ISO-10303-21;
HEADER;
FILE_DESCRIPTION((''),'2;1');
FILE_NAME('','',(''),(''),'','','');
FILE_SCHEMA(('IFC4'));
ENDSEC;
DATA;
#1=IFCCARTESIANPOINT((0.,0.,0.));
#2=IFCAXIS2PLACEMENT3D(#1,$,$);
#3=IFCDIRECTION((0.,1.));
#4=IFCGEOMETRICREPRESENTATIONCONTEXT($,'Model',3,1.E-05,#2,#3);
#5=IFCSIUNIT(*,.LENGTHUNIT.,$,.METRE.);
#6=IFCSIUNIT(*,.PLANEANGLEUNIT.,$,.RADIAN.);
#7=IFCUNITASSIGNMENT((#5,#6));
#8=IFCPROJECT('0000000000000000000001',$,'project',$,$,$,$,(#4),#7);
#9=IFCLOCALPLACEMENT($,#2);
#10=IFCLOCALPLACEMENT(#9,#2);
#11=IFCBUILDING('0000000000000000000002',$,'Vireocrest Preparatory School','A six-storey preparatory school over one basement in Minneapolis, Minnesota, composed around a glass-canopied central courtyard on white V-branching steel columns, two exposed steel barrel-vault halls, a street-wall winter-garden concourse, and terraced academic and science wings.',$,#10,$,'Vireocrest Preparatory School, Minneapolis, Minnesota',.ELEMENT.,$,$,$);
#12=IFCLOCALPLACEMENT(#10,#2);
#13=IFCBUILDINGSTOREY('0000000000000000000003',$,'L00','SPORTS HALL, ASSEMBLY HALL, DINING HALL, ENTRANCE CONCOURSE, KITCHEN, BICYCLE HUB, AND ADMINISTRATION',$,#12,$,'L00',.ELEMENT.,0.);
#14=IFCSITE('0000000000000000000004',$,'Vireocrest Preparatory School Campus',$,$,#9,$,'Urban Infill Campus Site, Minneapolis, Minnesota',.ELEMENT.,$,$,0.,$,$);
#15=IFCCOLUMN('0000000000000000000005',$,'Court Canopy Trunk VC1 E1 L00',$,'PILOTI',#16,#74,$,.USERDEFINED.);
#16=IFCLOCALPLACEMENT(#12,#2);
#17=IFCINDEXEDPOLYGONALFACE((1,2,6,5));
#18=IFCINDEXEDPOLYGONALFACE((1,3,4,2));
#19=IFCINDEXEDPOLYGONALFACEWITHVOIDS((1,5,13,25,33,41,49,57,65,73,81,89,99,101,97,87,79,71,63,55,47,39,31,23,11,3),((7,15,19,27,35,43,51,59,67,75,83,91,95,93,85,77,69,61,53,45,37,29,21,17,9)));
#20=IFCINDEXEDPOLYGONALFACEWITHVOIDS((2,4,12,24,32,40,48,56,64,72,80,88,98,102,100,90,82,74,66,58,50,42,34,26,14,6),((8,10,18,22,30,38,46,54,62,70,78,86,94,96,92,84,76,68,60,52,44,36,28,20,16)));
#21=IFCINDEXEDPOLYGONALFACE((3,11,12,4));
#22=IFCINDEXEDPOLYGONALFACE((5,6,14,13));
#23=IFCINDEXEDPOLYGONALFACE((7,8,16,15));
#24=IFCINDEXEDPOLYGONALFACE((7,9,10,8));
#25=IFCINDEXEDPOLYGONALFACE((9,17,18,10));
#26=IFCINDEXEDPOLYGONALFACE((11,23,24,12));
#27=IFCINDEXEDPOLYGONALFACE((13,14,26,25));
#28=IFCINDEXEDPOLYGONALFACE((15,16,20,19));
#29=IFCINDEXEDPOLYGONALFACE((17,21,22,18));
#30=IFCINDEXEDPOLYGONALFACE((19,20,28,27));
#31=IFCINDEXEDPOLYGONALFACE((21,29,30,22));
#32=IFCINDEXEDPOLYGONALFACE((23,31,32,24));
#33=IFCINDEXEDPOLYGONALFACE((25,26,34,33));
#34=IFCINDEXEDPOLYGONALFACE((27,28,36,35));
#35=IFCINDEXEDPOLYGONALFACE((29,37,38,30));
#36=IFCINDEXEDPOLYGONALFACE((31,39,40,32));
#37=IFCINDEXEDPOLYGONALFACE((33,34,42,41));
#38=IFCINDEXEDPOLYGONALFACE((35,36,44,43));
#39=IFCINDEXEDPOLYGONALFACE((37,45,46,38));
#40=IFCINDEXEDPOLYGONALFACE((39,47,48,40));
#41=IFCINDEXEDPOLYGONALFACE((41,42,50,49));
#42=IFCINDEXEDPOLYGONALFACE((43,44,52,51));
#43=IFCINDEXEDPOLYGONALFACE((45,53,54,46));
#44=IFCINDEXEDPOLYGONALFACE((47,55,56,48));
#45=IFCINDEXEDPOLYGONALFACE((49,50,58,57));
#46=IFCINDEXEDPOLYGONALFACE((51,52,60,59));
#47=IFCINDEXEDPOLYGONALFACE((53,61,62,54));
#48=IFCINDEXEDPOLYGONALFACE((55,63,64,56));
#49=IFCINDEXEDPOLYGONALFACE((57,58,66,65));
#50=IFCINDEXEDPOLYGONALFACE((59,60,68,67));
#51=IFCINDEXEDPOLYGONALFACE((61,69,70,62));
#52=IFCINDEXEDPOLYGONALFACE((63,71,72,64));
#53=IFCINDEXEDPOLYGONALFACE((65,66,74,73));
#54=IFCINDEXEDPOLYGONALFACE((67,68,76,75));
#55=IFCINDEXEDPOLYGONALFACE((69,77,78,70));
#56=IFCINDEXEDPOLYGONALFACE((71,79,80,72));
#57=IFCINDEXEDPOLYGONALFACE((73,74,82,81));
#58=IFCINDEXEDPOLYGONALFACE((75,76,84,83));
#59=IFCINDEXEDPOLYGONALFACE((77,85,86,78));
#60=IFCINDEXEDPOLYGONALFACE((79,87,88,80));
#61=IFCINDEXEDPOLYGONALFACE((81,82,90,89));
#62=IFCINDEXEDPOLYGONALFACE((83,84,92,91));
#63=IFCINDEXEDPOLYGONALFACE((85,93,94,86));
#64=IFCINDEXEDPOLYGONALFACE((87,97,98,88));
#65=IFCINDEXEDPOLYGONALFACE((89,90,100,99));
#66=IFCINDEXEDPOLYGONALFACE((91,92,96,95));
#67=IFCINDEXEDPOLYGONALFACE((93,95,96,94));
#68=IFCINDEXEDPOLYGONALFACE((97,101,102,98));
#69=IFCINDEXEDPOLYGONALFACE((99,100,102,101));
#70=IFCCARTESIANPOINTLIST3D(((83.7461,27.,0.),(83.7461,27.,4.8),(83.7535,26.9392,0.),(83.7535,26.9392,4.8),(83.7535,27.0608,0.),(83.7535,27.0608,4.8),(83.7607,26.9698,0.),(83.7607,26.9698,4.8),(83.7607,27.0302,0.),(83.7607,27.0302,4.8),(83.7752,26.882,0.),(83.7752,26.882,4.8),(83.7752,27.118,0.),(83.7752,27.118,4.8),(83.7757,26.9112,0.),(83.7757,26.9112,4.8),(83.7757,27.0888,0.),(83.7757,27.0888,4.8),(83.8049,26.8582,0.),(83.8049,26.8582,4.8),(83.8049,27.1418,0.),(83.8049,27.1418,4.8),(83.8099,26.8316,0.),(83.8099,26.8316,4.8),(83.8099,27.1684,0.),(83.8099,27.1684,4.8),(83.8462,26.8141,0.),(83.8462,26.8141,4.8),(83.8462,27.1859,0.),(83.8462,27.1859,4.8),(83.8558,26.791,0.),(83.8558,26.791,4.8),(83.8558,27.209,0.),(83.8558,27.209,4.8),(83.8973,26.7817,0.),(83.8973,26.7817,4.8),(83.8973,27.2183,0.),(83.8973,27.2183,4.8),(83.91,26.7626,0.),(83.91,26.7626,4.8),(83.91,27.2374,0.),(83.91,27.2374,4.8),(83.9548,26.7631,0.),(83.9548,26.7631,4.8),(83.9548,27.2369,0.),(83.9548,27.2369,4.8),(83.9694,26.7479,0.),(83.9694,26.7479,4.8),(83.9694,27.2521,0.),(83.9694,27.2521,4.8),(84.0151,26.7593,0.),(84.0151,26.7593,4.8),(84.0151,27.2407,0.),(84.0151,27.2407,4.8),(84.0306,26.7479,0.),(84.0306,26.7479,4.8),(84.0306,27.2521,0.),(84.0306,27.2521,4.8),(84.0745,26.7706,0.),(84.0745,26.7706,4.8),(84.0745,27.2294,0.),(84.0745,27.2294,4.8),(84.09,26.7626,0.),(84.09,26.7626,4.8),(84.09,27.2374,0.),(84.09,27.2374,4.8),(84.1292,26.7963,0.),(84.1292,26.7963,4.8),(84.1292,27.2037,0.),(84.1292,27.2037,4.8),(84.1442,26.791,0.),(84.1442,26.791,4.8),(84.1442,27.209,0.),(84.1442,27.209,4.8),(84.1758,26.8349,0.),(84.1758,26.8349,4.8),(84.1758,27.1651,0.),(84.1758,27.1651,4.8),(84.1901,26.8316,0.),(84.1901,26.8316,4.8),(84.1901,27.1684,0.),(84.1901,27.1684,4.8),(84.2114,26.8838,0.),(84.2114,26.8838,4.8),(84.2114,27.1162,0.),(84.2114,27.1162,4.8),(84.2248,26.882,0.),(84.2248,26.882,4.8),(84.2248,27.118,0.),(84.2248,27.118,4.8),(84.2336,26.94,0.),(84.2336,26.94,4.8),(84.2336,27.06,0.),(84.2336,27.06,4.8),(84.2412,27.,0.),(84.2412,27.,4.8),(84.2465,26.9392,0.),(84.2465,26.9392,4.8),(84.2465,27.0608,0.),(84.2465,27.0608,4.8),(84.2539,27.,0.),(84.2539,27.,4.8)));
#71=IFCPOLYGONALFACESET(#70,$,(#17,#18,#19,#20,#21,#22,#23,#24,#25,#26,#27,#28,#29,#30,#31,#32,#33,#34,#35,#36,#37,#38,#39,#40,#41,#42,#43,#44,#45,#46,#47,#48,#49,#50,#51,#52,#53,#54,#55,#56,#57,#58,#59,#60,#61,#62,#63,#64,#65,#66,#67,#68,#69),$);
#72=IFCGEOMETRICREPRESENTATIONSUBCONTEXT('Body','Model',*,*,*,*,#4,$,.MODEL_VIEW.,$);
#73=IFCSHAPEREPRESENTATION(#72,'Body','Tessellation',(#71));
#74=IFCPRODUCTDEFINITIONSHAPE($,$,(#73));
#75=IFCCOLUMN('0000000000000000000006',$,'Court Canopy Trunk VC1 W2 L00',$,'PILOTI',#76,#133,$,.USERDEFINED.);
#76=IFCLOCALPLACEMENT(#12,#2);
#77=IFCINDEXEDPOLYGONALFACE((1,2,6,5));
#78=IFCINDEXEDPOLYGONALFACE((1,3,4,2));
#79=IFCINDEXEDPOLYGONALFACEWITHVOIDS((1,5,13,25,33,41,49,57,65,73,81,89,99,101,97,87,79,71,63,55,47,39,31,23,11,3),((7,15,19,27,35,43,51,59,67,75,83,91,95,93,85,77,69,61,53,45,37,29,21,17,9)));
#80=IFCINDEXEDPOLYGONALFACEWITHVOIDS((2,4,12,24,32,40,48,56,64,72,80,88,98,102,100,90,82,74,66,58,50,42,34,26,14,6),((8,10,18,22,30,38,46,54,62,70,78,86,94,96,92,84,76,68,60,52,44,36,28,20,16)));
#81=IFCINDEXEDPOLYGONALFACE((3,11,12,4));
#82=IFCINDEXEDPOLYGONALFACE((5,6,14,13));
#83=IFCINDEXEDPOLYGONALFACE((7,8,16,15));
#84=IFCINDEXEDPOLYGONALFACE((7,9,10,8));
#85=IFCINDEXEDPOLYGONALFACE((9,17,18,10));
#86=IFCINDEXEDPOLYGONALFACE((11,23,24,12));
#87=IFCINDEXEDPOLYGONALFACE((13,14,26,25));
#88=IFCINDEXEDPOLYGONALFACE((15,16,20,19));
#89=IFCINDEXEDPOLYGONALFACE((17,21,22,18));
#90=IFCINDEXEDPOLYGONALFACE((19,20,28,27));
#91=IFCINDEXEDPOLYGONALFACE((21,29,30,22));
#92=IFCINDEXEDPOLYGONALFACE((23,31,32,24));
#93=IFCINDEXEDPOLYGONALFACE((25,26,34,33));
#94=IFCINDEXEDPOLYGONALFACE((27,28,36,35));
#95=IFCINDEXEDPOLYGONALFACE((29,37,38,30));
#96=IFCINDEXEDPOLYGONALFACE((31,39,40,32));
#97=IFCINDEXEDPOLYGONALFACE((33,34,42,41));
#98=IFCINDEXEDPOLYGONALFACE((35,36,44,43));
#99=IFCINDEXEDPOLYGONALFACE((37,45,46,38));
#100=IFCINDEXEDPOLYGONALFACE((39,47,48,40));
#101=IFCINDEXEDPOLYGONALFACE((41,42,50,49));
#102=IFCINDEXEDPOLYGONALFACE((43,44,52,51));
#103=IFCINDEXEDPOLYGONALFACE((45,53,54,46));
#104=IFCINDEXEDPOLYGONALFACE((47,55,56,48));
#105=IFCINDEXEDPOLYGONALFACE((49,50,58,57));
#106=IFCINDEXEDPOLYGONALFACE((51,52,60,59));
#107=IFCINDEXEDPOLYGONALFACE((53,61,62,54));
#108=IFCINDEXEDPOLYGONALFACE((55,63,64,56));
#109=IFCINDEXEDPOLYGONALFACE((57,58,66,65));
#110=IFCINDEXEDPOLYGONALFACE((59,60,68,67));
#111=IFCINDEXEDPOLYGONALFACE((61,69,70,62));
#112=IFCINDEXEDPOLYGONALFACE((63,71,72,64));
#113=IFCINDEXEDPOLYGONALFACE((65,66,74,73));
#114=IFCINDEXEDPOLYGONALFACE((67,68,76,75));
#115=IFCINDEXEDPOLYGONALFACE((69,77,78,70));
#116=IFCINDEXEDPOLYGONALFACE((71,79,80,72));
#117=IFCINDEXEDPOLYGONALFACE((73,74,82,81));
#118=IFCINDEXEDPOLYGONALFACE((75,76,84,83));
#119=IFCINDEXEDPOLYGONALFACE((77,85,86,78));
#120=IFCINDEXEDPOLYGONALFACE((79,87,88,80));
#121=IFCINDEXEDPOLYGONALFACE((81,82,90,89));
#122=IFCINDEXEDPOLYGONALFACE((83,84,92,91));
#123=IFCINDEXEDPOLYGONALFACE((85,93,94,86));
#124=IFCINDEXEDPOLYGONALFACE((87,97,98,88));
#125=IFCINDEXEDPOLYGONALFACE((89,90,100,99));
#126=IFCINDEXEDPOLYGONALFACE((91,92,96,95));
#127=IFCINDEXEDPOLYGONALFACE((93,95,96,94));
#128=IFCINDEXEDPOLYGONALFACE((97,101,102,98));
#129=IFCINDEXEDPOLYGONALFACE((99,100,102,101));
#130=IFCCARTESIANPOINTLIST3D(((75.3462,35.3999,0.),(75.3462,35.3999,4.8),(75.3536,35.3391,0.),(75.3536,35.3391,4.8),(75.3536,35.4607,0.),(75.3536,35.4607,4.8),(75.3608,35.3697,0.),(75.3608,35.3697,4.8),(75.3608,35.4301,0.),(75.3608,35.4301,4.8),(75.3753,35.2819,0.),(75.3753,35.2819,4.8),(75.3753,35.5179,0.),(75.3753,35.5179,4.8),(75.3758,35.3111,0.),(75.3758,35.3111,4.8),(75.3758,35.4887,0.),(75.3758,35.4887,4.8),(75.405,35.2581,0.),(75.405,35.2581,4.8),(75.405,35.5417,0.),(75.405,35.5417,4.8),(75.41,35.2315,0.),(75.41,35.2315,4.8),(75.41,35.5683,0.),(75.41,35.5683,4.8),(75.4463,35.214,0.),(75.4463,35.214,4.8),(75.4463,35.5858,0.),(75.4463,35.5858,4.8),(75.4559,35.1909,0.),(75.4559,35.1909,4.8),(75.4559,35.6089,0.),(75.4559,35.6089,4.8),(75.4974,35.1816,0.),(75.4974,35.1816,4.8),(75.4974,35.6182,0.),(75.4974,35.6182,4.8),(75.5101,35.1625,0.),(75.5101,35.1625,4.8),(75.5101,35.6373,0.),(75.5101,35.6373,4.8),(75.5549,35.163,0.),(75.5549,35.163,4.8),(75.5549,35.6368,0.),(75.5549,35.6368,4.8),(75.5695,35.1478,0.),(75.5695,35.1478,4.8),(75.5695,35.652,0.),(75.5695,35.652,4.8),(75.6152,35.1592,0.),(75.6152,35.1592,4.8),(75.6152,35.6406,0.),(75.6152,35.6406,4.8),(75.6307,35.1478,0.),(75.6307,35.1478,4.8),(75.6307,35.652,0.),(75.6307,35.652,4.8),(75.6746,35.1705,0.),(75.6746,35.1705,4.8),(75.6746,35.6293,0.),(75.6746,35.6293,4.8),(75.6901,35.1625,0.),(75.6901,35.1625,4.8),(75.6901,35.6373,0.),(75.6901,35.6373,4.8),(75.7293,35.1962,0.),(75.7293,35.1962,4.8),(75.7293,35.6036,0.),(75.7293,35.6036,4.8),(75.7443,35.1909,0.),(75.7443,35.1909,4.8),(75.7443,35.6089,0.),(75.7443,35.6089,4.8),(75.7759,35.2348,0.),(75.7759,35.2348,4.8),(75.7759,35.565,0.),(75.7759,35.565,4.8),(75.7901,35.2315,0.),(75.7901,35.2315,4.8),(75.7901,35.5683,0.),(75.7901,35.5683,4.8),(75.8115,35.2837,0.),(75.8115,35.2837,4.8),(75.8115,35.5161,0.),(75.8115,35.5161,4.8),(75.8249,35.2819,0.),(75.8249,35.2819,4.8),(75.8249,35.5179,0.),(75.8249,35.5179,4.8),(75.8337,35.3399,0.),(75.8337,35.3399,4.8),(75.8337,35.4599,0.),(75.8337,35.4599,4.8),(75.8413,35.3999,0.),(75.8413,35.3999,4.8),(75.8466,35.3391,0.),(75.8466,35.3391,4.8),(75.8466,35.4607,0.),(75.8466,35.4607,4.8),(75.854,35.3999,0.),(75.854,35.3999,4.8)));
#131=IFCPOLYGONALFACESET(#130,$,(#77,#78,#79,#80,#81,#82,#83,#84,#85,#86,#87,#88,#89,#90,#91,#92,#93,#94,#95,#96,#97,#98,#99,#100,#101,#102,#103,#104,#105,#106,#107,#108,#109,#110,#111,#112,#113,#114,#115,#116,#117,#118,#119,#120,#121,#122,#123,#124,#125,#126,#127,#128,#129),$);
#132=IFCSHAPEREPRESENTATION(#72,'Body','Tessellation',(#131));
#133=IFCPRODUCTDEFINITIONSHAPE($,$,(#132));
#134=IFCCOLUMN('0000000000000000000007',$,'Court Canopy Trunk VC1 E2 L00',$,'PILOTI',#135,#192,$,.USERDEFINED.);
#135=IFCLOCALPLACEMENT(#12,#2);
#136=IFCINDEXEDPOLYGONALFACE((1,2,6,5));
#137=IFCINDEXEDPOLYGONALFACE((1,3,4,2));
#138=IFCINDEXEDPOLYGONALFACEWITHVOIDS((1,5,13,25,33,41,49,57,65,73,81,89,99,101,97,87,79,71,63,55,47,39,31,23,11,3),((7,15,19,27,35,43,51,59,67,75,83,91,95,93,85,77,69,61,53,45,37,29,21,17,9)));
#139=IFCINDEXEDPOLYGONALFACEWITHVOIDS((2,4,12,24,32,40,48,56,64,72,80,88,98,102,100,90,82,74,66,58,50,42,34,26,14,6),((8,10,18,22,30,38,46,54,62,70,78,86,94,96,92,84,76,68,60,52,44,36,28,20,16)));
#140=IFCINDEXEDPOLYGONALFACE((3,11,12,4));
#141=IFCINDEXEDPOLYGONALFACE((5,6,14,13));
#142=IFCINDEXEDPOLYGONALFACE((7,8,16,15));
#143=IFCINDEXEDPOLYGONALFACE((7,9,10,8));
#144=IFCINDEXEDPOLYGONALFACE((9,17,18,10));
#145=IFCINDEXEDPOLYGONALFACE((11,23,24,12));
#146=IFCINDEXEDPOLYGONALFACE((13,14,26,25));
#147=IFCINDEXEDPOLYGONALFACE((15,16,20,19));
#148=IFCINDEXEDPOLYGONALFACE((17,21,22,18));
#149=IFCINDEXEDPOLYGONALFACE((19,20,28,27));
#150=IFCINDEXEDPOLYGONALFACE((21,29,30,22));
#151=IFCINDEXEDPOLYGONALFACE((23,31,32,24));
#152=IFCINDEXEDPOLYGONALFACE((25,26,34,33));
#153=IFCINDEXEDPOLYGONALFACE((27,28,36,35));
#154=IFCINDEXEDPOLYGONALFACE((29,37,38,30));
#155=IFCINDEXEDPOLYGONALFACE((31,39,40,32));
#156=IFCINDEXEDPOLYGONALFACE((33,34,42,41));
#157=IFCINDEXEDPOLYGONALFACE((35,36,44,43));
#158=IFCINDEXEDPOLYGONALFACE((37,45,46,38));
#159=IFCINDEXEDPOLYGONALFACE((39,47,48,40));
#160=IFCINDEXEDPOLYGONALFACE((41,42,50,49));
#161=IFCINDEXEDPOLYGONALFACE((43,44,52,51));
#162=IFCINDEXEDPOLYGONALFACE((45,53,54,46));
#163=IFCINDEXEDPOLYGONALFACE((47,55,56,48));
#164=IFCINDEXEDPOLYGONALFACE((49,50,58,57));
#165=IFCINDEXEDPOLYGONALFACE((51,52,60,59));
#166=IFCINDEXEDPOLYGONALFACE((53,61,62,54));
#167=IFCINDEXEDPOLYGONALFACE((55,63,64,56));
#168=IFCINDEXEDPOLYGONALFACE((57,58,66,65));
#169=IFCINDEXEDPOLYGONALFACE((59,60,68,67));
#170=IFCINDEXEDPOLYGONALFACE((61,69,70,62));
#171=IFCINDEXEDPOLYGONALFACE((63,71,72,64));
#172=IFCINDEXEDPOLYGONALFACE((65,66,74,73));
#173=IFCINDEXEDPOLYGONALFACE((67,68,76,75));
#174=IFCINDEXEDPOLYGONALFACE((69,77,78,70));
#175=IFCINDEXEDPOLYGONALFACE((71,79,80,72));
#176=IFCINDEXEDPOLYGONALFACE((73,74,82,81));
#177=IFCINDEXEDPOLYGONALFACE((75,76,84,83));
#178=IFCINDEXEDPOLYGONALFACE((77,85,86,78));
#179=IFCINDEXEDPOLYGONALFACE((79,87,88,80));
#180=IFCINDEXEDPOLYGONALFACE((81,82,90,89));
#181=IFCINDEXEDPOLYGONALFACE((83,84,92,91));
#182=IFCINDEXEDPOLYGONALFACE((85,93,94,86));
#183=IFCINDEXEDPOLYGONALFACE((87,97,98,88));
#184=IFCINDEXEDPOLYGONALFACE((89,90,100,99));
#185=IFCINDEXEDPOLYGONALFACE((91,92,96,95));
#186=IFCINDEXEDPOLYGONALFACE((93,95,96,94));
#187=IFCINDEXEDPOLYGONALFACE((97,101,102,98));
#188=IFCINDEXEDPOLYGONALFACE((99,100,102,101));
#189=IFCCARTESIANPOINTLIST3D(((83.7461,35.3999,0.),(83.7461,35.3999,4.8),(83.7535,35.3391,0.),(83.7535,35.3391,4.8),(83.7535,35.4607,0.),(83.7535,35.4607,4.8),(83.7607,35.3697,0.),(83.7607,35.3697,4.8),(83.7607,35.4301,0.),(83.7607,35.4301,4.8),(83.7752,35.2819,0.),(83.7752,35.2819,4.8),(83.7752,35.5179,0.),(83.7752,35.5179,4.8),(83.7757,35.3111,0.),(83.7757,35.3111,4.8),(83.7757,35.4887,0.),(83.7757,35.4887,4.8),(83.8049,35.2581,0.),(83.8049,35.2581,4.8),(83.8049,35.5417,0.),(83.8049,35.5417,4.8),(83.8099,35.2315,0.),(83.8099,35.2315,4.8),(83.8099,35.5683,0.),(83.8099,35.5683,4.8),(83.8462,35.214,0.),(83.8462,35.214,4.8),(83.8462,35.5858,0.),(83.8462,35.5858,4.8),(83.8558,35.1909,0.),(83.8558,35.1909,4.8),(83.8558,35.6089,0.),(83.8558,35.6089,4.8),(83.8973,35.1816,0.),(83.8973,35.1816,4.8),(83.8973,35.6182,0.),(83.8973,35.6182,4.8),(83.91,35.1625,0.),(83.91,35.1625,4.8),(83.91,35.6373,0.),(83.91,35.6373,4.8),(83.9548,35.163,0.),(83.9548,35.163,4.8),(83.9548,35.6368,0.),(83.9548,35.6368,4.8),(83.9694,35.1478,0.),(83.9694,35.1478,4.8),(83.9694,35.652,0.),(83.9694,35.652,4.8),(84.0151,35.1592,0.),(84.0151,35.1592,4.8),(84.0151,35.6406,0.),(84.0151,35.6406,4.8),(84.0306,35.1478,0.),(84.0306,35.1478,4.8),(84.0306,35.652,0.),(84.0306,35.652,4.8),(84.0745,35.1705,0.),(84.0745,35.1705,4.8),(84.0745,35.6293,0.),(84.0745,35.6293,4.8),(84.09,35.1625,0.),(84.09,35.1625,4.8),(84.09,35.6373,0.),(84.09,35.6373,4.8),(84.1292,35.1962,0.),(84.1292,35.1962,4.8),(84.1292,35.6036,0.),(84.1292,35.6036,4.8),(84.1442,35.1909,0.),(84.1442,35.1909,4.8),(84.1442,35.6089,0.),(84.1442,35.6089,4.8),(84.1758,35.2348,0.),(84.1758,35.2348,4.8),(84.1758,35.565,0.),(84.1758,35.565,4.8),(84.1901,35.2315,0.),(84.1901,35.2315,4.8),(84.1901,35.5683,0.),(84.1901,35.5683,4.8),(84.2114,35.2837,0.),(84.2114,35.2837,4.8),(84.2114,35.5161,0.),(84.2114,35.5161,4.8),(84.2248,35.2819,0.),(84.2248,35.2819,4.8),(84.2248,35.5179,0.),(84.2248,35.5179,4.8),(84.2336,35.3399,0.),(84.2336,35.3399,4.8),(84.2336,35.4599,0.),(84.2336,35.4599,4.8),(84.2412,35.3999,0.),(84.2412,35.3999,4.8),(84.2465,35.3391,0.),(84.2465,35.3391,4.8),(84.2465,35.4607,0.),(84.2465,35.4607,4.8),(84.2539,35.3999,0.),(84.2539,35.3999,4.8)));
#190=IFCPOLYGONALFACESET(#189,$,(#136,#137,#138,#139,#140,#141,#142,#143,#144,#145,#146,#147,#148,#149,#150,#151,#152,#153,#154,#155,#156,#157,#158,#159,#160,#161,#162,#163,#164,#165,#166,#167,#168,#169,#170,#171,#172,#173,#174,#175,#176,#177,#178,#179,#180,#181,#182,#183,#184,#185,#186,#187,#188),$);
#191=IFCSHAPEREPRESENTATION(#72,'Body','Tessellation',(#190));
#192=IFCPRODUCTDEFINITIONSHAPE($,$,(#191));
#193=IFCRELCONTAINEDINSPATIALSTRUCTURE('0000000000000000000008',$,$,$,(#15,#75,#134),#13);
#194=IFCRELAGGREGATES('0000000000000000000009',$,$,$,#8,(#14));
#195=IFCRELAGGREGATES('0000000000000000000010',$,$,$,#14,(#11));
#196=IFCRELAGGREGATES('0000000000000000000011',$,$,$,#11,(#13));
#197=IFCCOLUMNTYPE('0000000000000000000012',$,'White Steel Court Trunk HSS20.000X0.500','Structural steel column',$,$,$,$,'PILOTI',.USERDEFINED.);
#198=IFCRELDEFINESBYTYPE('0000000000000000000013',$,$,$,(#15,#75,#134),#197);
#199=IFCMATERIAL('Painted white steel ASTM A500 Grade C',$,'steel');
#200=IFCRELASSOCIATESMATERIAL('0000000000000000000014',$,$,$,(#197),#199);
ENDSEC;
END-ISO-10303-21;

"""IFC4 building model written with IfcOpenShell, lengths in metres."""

from ifc_helpers import new_model, si_unit, direction, frame, origin, origin_2d, place, context, subcontext, project, spatial, hollow_circle, extrude, material, material_profile, profile_set, type_object, element, save


model = new_model("IFC4")

# Units and contexts
model_context = context("Model", 3, precision=1e-05, world=origin(), true_north=direction((0.0, 1.0)))
body_context = subcontext(model_context, "Body", "Model", "MODEL_VIEW")
ifc_project = project(units=[si_unit("LENGTHUNIT", "METRE"), si_unit("PLANEANGLEUNIT", "RADIAN")], contexts=[model_context])

# Site, building, storey
site_placement = place(None, origin())
site = spatial("IfcSite", under=ifc_project, at=site_placement, Name="Vireocrest Preparatory School Campus", LongName="Urban Infill Campus Site, Minneapolis, Minnesota", CompositionType="ELEMENT", RefElevation=0.0)
building_placement = place(site_placement, origin())
building = spatial("IfcBuilding", under=site, at=building_placement, Name="Vireocrest Preparatory School", Description="A six-storey preparatory school over one basement in Minneapolis, Minnesota, composed around a glass-canopied central courtyard on white V-branching steel columns, two exposed steel barrel-vault halls, a street-wall winter-garden concourse, and terraced academic and science wings.", LongName="Vireocrest Preparatory School, Minneapolis, Minnesota", CompositionType="ELEMENT")
storey_placement = place(building_placement, origin())
storey = spatial("IfcBuildingStorey", under=building, at=storey_placement, Name="L00", Description="SPORTS HALL, ASSEMBLY HALL, DINING HALL, ENTRANCE CONCOURSE, KITCHEN, BICYCLE HUB, AND ADMINISTRATION", LongName="L00", CompositionType="ELEMENT", Elevation=0.0)

# Columns
ifc_material_1 = material(Name="Painted white steel ASTM A500 Grade C", Category="steel")
ifc_material_profile_1 = material_profile(ifc_material_1, hollow_circle(Radius=0.2539, WallThickness=0.0127, at=origin_2d()), Name="HSS20.000X0.500")
ifc_profile_set_1 = profile_set([ifc_material_profile_1], Name="Painted white steel ASTM A500 Grade C")
column_type_1 = type_object("IfcColumnType", Name="White Steel Court Trunk HSS20.000X0.500", Description="Structural steel column", ElementType="PILOTI", PredefinedType="USERDEFINED", material=ifc_profile_set_1)
for number, where, z_axis, x_axis, name in (
    (1, (84.0, 27.0, 0.0), (0.0, 0.0, 1.0), (1.0, 0.0, 0.0), "Court Canopy Trunk VC1 E1 L00"),
    (2, (75.6001, 35.3999, 0.0), (0.0, 0.0, 1.0), (1.0, 0.0, 0.0), "Court Canopy Trunk VC1 W2 L00"),
    (3, (84.0, 35.3999, 0.0), (0.0, 0.0, 1.0), (1.0, 0.0, 0.0), "Court Canopy Trunk VC1 E2 L00"),
):
    element("IfcColumn", number, at=place(storey_placement, frame(where, z_axis=z_axis, x_axis=x_axis)), inside=storey, type_object=column_type_1, Name=name, ObjectType="PILOTI", PredefinedType="USERDEFINED", context=body_context, shape_type="SweptSolid", body=[
        extrude(hollow_circle(Radius=0.2539, WallThickness=0.0127, at=origin_2d()), origin(), (0.0, 0.0, 1.0), 4.8),
    ])

save(model, "model.ifc")
